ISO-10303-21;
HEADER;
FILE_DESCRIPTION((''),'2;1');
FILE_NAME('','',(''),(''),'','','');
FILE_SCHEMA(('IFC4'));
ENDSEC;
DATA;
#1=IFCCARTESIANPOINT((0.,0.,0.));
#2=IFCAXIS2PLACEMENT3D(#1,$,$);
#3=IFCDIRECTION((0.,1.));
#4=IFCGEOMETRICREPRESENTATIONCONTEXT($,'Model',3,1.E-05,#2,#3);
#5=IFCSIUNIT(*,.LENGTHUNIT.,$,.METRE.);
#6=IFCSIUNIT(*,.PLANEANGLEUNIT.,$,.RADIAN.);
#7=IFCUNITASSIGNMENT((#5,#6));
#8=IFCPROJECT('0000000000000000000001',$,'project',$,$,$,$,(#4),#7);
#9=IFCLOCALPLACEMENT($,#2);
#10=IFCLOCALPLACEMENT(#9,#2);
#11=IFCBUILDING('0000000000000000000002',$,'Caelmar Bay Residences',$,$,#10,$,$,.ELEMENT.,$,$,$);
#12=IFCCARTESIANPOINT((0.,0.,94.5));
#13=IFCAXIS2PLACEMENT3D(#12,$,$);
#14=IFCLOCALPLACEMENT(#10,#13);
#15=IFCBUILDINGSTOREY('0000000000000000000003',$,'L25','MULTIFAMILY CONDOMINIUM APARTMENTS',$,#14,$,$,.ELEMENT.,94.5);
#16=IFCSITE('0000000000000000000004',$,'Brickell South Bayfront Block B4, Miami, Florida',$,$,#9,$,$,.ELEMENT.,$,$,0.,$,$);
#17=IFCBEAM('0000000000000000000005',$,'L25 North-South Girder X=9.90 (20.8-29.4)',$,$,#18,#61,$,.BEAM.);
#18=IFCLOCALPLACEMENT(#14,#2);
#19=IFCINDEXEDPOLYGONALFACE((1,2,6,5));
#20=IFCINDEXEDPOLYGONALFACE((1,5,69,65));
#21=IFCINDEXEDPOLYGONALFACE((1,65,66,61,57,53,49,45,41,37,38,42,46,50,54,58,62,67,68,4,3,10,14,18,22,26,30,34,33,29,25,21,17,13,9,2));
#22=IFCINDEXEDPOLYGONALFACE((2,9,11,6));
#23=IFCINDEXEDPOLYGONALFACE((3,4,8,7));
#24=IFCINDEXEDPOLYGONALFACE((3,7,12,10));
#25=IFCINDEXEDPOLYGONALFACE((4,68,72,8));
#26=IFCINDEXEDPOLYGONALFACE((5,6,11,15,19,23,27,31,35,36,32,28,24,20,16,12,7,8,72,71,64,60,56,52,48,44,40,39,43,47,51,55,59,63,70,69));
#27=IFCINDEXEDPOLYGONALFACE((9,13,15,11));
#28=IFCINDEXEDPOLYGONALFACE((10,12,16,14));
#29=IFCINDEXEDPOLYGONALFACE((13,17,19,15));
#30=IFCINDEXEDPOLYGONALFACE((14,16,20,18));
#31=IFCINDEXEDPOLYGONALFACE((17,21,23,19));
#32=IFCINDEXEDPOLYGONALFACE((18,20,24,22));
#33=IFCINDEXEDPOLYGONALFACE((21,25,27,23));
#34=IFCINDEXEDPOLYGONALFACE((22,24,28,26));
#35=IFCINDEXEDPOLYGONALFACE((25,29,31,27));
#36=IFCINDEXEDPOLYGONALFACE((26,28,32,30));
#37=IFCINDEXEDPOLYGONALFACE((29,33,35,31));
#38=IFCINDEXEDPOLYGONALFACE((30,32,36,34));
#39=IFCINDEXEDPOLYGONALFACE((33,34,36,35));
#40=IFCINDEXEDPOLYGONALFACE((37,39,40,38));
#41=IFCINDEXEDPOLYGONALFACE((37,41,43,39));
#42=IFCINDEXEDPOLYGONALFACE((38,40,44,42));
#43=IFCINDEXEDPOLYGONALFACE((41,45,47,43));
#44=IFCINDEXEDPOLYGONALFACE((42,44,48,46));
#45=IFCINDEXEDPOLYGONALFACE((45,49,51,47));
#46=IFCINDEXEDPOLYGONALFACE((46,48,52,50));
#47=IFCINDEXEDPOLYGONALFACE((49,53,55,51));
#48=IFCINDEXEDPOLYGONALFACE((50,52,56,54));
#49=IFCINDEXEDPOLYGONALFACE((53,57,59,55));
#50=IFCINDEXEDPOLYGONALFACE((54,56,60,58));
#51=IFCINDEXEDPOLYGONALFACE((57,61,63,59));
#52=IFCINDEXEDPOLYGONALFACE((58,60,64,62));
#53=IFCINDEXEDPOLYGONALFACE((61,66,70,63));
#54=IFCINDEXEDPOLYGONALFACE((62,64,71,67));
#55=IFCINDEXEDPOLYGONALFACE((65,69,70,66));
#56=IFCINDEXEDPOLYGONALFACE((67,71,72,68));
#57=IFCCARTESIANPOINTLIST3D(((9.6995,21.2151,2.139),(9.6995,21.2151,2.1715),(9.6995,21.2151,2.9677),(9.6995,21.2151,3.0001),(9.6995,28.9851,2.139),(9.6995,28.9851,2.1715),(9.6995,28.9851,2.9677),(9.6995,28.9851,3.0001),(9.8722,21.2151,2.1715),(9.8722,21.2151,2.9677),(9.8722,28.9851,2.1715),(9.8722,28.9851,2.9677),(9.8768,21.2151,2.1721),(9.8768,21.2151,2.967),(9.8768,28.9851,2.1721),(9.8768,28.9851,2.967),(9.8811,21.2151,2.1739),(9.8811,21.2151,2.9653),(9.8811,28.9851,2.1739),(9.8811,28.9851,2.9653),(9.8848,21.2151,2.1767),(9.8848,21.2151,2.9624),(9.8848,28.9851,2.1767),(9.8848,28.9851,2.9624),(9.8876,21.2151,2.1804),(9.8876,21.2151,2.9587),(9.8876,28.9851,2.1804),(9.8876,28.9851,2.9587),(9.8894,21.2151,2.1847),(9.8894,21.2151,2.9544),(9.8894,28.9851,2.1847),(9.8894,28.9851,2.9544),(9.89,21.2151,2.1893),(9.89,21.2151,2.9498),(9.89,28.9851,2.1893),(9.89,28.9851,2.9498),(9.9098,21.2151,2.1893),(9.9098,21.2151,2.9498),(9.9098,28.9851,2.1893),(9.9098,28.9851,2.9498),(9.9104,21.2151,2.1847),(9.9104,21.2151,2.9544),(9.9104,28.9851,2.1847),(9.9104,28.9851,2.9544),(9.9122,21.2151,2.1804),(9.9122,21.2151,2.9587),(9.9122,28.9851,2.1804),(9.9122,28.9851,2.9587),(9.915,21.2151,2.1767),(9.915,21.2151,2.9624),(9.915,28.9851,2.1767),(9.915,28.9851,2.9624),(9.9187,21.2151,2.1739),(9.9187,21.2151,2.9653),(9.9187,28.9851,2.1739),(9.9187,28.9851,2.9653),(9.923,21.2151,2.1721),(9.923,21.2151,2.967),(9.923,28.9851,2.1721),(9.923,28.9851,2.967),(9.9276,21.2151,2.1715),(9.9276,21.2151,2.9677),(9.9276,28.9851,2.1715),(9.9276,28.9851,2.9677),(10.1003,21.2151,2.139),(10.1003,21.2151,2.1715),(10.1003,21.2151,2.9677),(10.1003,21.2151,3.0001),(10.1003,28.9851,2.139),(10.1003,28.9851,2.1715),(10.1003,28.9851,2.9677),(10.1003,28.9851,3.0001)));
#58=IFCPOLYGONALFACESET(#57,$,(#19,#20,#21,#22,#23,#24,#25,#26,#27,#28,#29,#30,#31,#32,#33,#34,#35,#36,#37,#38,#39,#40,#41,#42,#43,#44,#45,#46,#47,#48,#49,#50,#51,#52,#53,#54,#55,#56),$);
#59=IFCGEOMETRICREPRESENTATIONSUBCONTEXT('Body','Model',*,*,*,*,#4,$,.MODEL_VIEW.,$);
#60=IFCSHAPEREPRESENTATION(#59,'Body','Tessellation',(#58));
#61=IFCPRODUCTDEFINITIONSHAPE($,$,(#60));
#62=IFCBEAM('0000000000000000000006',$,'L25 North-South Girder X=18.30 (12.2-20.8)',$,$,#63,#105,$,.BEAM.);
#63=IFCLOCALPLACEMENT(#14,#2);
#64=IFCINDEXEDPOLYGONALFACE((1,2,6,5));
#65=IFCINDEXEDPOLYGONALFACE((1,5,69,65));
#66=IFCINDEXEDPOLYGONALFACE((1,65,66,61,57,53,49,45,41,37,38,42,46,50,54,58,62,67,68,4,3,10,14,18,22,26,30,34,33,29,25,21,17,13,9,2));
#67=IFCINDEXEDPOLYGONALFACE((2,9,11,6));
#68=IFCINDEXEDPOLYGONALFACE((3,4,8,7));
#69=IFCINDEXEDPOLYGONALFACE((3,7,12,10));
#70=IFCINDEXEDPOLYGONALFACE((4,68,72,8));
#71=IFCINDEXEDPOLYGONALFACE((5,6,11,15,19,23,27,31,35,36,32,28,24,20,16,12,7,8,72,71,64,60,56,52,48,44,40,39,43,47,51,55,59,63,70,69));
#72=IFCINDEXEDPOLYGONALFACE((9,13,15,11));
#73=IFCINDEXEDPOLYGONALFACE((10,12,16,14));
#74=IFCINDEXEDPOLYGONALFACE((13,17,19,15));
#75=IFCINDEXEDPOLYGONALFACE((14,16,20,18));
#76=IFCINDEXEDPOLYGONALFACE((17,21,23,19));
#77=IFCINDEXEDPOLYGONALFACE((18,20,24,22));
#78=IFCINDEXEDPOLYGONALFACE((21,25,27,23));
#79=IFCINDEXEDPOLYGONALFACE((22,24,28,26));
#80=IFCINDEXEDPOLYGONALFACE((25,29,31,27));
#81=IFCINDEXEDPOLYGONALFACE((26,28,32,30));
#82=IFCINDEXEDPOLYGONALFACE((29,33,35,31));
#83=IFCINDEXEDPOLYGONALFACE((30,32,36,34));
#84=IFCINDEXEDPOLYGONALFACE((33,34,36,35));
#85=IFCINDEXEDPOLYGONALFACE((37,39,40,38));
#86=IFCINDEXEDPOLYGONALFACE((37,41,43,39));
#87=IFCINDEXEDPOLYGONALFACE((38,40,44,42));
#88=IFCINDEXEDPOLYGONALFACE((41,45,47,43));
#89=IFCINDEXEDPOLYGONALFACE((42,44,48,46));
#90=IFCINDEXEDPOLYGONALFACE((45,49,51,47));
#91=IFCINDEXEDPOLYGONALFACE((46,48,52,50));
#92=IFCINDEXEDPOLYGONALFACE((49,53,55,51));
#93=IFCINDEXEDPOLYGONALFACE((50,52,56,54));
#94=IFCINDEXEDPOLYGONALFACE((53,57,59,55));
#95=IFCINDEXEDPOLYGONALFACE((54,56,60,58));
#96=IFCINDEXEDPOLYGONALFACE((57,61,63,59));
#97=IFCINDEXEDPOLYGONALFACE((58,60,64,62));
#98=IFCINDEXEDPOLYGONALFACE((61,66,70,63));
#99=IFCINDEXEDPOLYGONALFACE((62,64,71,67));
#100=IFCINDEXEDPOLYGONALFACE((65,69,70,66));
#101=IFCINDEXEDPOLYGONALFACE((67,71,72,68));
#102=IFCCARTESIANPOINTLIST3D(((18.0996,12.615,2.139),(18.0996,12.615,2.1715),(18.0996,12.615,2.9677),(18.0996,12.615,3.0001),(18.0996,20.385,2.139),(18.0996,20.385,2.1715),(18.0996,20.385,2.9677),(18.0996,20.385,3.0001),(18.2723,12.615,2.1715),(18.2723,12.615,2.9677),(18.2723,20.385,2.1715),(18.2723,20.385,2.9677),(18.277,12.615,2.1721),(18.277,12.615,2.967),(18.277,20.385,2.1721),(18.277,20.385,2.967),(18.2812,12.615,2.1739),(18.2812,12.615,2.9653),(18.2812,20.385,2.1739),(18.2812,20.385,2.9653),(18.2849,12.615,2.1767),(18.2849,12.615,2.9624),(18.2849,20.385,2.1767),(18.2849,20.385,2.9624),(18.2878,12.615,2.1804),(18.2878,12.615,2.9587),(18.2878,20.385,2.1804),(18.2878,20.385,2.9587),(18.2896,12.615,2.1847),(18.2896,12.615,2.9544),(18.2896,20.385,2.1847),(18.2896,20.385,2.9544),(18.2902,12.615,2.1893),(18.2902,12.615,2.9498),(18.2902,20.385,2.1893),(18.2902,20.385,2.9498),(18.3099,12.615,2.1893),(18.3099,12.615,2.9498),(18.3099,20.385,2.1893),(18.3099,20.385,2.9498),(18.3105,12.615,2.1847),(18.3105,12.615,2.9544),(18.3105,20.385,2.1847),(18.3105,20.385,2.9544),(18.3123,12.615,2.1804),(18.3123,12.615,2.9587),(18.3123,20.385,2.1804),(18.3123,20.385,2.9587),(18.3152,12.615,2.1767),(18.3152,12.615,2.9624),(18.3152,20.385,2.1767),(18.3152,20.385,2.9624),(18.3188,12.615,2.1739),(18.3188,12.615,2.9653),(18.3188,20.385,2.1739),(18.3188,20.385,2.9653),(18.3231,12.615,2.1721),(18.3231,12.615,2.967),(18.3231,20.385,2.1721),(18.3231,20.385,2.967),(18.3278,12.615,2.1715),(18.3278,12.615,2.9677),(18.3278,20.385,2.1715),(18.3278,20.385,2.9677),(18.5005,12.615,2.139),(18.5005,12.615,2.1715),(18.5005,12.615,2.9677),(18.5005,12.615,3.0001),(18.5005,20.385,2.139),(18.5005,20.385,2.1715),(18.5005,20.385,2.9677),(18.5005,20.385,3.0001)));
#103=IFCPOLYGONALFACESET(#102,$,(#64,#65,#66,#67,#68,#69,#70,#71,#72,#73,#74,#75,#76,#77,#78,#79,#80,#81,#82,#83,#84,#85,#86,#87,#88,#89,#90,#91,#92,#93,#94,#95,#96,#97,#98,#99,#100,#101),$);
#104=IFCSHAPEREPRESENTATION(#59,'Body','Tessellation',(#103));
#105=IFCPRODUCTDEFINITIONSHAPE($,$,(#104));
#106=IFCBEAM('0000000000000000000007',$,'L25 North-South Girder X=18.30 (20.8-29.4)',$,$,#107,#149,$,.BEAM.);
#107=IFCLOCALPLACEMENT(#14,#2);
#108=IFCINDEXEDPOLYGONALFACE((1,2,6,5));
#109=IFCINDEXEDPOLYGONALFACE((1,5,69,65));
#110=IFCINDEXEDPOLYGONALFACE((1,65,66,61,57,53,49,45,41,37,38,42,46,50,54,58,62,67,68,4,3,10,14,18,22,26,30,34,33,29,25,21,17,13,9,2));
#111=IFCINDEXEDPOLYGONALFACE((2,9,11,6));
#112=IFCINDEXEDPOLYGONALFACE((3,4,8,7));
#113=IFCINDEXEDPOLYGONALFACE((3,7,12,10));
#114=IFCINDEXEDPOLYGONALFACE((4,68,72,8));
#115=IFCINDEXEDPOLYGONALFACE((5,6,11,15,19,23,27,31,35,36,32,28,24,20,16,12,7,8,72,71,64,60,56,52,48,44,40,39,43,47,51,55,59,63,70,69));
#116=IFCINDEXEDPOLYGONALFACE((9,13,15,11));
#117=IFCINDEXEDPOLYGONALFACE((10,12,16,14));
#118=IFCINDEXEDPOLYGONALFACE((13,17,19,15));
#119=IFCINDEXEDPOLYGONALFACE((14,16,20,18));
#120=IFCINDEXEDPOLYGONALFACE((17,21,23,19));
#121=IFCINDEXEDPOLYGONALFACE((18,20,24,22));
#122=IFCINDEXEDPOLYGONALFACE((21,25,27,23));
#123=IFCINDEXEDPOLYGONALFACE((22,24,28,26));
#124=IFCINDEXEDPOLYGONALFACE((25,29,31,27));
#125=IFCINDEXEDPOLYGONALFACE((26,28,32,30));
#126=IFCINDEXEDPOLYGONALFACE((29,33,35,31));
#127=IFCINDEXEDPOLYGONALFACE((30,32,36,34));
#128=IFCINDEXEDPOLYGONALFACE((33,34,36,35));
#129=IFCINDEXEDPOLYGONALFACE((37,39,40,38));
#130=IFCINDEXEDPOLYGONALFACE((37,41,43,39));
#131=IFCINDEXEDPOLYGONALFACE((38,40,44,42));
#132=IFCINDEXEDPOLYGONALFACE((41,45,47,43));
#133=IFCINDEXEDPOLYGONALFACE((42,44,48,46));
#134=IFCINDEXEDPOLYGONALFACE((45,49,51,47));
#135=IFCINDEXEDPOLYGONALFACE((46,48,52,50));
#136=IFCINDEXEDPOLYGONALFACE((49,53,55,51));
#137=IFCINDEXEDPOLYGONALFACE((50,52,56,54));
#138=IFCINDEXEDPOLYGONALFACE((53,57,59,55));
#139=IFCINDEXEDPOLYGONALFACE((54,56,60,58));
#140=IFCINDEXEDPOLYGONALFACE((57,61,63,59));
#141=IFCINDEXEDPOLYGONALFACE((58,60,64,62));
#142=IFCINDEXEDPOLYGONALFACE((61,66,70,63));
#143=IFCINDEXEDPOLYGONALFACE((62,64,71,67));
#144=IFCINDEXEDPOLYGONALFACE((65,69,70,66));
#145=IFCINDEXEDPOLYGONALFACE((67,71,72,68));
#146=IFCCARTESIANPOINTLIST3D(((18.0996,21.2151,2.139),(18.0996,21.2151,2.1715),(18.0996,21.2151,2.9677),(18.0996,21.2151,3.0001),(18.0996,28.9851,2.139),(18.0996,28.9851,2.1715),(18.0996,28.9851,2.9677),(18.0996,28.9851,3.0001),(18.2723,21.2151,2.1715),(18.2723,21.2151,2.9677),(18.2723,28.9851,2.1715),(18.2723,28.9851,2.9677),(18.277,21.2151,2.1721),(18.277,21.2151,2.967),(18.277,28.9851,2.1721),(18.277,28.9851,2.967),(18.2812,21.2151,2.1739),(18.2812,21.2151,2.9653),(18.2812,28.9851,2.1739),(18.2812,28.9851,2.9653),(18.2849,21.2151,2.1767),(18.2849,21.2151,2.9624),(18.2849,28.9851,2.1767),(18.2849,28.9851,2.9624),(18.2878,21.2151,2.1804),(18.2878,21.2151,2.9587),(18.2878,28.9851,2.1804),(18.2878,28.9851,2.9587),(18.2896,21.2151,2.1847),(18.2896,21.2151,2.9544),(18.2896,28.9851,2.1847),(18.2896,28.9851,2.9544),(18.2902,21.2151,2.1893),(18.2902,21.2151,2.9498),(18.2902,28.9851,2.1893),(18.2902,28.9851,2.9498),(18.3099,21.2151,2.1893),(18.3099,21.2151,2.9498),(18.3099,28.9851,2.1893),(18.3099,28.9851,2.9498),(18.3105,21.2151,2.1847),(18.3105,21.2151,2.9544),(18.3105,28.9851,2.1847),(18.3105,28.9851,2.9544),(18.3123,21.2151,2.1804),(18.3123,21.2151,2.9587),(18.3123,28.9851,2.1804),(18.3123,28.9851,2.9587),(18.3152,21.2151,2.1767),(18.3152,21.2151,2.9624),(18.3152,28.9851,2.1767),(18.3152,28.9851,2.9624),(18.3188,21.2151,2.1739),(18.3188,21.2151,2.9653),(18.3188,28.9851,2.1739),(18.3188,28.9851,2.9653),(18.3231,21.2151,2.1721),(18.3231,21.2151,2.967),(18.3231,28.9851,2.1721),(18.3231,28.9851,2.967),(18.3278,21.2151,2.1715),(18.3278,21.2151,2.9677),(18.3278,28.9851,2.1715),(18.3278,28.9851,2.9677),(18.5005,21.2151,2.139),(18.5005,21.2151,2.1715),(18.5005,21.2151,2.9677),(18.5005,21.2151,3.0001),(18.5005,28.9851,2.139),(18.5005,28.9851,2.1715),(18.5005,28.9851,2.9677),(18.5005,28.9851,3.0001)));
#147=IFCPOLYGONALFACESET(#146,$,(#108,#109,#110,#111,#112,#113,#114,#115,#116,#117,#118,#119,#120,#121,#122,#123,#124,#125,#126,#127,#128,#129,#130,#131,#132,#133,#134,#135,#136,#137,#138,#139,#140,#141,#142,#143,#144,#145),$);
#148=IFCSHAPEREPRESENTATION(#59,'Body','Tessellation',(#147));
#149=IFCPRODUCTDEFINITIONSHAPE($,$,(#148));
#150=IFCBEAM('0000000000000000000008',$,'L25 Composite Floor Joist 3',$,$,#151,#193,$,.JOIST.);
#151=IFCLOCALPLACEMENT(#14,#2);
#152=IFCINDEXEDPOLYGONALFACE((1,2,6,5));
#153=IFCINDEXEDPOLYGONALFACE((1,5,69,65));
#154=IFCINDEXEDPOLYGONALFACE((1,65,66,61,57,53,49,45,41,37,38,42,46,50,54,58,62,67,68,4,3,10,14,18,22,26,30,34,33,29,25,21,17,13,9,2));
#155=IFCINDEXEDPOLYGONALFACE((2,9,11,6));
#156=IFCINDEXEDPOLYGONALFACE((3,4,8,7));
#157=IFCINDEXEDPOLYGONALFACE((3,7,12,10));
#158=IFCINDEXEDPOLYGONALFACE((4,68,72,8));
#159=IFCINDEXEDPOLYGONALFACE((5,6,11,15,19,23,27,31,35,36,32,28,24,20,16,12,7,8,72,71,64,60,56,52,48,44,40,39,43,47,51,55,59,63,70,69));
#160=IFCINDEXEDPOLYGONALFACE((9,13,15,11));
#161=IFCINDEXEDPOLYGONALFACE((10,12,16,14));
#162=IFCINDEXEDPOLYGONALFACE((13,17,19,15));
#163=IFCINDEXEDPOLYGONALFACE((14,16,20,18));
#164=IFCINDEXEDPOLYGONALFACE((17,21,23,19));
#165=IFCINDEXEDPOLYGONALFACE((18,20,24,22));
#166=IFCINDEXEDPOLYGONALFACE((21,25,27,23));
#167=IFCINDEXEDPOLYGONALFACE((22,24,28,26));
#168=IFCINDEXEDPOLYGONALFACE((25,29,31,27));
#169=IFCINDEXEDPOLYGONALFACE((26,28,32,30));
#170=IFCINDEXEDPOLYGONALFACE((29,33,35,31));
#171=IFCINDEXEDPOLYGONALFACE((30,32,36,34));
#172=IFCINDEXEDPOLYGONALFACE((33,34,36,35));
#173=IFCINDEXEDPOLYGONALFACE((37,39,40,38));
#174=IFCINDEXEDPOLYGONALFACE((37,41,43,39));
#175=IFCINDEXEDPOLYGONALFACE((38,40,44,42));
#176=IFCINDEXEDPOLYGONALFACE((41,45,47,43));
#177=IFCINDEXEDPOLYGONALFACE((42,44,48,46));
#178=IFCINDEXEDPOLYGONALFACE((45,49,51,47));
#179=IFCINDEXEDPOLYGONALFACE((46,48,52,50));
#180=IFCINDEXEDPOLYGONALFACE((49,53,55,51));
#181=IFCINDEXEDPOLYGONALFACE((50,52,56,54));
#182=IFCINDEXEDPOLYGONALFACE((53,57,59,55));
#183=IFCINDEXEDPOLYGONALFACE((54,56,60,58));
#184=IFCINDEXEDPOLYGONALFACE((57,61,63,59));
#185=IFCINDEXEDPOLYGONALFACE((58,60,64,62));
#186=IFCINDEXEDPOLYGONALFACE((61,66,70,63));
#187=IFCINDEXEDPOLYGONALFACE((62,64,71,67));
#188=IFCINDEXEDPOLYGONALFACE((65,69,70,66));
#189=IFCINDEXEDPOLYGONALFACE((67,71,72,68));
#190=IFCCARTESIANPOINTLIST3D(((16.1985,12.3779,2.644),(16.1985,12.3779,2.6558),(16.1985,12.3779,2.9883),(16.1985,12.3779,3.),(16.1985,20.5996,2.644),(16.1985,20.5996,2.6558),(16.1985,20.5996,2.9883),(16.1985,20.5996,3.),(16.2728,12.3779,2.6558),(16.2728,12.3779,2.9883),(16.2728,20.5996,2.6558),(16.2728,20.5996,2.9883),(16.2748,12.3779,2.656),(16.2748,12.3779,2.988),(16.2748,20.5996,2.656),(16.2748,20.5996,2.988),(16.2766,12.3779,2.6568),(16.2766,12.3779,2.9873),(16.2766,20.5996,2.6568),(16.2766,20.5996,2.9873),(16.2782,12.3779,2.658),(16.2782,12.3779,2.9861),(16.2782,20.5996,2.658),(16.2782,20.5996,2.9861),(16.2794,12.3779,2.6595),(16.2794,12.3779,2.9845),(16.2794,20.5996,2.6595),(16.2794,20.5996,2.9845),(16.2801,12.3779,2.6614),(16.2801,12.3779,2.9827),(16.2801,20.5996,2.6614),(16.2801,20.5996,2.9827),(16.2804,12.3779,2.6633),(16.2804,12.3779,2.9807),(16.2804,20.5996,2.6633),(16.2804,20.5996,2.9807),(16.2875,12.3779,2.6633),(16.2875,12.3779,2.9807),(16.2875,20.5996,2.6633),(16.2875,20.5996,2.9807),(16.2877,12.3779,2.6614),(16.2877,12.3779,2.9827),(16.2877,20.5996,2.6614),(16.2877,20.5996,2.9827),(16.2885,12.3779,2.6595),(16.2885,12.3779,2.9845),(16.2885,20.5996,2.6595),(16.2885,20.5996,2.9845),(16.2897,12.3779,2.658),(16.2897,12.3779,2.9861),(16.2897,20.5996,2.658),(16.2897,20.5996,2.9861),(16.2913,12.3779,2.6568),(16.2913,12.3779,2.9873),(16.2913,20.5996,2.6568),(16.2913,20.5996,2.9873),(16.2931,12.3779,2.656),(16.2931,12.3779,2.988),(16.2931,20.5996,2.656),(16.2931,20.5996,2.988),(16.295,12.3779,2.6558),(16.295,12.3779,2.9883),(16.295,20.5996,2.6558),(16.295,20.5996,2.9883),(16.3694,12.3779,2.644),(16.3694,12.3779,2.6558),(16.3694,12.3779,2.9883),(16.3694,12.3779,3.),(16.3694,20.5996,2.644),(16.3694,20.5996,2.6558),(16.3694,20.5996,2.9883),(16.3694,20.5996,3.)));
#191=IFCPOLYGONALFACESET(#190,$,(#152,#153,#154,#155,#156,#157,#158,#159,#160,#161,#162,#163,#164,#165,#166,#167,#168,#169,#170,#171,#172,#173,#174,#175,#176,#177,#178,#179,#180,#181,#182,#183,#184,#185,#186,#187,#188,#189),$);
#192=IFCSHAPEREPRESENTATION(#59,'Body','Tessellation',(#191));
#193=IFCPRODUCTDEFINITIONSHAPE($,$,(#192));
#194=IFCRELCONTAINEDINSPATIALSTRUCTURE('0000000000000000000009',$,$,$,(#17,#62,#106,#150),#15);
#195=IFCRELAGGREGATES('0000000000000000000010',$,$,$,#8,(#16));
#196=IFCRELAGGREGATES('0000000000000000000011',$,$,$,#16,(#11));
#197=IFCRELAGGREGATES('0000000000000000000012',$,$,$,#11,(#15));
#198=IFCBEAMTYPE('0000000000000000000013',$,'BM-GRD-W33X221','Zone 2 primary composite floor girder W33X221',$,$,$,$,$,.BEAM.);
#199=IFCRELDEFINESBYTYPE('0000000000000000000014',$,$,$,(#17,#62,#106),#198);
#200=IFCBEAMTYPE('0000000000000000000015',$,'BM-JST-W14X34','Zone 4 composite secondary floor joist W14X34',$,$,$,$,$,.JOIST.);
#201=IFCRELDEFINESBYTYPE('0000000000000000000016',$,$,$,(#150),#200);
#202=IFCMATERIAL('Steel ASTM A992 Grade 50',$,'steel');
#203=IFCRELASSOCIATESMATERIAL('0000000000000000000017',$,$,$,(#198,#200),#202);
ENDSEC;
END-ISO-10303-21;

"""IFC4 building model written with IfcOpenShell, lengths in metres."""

from ifc_helpers import new_model, si_unit, direction, frame, origin, origin_2d, place, context, subcontext, project, spatial, i_section, extrude, material, material_profile, profile_set, type_object, element, save


model = new_model("IFC4")

# Units and contexts
model_context = context("Model", 3, precision=1e-05, world=origin(), true_north=direction((0.0, 1.0)))
body_context = subcontext(model_context, "Body", "Model", "MODEL_VIEW")
ifc_project = project(units=[si_unit("LENGTHUNIT", "METRE"), si_unit("PLANEANGLEUNIT", "RADIAN")], contexts=[model_context])

# Site, building, storey
site_placement = place(None, origin())
site = spatial("IfcSite", under=ifc_project, at=site_placement, Name="Brickell South Bayfront Block B4, Miami, Florida", CompositionType="ELEMENT", RefElevation=0.0)
building_placement = place(site_placement, origin())
building = spatial("IfcBuilding", under=site, at=building_placement, Name="Caelmar Bay Residences", CompositionType="ELEMENT")
storey_placement = place(building_placement, frame((0.0, 0.0, 94.5)))
storey = spatial("IfcBuildingStorey", under=building, at=storey_placement, Name="L25", Description="MULTIFAMILY CONDOMINIUM APARTMENTS", CompositionType="ELEMENT", Elevation=94.5)

# Beams
ifc_material_1 = material(Name="Steel ASTM A992 Grade 50", Category="steel")
ifc_material_profile_1 = material_profile(ifc_material_1, i_section(OverallWidth=0.4009, OverallDepth=0.8611, WebThickness=0.0198, FlangeThickness=0.0325, FilletRadius=0.0178, at=origin_2d()), Name="W33X221")
ifc_profile_set_1 = profile_set([ifc_material_profile_1], Name="Steel ASTM A992 Grade 50")
beam_type_1 = type_object("IfcBeamType", Name="BM-GRD-W33X221", Description="Zone 2 primary composite floor girder W33X221", PredefinedType="BEAM", material=ifc_profile_set_1)
for number, where, z_axis, x_axis, name in (
    (1, (9.8999, 21.2151, 2.5696), (0.0, 1.0, 0.0), (-1.0, 0.0, 0.0), "L25 North-South Girder X=9.90 (20.8-29.4)"),
    (2, (18.3, 12.615, 2.5696), (0.0, 1.0, 0.0), (-1.0, 0.0, 0.0), "L25 North-South Girder X=18.30 (12.2-20.8)"),
    (3, (18.3, 21.2151, 2.5696), (0.0, 1.0, 0.0), (-1.0, 0.0, 0.0), "L25 North-South Girder X=18.30 (20.8-29.4)"),
):
    element("IfcBeam", number, at=place(storey_placement, frame(where, z_axis=z_axis, x_axis=x_axis)), inside=storey, type_object=beam_type_1, Name=name, PredefinedType="BEAM", context=body_context, shape_type="SweptSolid", body=[
        extrude(i_section(OverallWidth=0.4009, OverallDepth=0.8611, WebThickness=0.0198, FlangeThickness=0.0325, FilletRadius=0.0178, at=origin_2d()), origin(), (0.0, 0.0, 1.0), 7.77),
    ])
ifc_material_profile_2 = material_profile(ifc_material_1, i_section(OverallWidth=0.1709, OverallDepth=0.356, WebThickness=0.0071, FlangeThickness=0.0117, FilletRadius=0.0076, at=origin_2d()), Name="W14X34")
ifc_profile_set_2 = profile_set([ifc_material_profile_2], Name="Steel ASTM A992 Grade 50")
beam_type_2 = type_object("IfcBeamType", Name="BM-JST-W14X34", Description="Zone 4 composite secondary floor joist W14X34", PredefinedType="JOIST", material=ifc_profile_set_2)
beam_1_placement = place(storey_placement, frame((16.2839, 12.3779, 2.822), z_axis=(0.0, 1.0, 0.0), x_axis=(-1.0, 0.0, 0.0)))
element("IfcBeam", 4, at=beam_1_placement, inside=storey, type_object=beam_type_2, Name="L25 Composite Floor Joist 3", PredefinedType="JOIST", context=body_context, shape_type="SweptSolid", body=[
    extrude(i_section(OverallWidth=0.1709, OverallDepth=0.356, WebThickness=0.0071, FlangeThickness=0.0117, FilletRadius=0.0076, at=origin_2d()), origin(), (0.0, 0.0, 1.0), 8.2217),
])

save(model, "model.ifc")
